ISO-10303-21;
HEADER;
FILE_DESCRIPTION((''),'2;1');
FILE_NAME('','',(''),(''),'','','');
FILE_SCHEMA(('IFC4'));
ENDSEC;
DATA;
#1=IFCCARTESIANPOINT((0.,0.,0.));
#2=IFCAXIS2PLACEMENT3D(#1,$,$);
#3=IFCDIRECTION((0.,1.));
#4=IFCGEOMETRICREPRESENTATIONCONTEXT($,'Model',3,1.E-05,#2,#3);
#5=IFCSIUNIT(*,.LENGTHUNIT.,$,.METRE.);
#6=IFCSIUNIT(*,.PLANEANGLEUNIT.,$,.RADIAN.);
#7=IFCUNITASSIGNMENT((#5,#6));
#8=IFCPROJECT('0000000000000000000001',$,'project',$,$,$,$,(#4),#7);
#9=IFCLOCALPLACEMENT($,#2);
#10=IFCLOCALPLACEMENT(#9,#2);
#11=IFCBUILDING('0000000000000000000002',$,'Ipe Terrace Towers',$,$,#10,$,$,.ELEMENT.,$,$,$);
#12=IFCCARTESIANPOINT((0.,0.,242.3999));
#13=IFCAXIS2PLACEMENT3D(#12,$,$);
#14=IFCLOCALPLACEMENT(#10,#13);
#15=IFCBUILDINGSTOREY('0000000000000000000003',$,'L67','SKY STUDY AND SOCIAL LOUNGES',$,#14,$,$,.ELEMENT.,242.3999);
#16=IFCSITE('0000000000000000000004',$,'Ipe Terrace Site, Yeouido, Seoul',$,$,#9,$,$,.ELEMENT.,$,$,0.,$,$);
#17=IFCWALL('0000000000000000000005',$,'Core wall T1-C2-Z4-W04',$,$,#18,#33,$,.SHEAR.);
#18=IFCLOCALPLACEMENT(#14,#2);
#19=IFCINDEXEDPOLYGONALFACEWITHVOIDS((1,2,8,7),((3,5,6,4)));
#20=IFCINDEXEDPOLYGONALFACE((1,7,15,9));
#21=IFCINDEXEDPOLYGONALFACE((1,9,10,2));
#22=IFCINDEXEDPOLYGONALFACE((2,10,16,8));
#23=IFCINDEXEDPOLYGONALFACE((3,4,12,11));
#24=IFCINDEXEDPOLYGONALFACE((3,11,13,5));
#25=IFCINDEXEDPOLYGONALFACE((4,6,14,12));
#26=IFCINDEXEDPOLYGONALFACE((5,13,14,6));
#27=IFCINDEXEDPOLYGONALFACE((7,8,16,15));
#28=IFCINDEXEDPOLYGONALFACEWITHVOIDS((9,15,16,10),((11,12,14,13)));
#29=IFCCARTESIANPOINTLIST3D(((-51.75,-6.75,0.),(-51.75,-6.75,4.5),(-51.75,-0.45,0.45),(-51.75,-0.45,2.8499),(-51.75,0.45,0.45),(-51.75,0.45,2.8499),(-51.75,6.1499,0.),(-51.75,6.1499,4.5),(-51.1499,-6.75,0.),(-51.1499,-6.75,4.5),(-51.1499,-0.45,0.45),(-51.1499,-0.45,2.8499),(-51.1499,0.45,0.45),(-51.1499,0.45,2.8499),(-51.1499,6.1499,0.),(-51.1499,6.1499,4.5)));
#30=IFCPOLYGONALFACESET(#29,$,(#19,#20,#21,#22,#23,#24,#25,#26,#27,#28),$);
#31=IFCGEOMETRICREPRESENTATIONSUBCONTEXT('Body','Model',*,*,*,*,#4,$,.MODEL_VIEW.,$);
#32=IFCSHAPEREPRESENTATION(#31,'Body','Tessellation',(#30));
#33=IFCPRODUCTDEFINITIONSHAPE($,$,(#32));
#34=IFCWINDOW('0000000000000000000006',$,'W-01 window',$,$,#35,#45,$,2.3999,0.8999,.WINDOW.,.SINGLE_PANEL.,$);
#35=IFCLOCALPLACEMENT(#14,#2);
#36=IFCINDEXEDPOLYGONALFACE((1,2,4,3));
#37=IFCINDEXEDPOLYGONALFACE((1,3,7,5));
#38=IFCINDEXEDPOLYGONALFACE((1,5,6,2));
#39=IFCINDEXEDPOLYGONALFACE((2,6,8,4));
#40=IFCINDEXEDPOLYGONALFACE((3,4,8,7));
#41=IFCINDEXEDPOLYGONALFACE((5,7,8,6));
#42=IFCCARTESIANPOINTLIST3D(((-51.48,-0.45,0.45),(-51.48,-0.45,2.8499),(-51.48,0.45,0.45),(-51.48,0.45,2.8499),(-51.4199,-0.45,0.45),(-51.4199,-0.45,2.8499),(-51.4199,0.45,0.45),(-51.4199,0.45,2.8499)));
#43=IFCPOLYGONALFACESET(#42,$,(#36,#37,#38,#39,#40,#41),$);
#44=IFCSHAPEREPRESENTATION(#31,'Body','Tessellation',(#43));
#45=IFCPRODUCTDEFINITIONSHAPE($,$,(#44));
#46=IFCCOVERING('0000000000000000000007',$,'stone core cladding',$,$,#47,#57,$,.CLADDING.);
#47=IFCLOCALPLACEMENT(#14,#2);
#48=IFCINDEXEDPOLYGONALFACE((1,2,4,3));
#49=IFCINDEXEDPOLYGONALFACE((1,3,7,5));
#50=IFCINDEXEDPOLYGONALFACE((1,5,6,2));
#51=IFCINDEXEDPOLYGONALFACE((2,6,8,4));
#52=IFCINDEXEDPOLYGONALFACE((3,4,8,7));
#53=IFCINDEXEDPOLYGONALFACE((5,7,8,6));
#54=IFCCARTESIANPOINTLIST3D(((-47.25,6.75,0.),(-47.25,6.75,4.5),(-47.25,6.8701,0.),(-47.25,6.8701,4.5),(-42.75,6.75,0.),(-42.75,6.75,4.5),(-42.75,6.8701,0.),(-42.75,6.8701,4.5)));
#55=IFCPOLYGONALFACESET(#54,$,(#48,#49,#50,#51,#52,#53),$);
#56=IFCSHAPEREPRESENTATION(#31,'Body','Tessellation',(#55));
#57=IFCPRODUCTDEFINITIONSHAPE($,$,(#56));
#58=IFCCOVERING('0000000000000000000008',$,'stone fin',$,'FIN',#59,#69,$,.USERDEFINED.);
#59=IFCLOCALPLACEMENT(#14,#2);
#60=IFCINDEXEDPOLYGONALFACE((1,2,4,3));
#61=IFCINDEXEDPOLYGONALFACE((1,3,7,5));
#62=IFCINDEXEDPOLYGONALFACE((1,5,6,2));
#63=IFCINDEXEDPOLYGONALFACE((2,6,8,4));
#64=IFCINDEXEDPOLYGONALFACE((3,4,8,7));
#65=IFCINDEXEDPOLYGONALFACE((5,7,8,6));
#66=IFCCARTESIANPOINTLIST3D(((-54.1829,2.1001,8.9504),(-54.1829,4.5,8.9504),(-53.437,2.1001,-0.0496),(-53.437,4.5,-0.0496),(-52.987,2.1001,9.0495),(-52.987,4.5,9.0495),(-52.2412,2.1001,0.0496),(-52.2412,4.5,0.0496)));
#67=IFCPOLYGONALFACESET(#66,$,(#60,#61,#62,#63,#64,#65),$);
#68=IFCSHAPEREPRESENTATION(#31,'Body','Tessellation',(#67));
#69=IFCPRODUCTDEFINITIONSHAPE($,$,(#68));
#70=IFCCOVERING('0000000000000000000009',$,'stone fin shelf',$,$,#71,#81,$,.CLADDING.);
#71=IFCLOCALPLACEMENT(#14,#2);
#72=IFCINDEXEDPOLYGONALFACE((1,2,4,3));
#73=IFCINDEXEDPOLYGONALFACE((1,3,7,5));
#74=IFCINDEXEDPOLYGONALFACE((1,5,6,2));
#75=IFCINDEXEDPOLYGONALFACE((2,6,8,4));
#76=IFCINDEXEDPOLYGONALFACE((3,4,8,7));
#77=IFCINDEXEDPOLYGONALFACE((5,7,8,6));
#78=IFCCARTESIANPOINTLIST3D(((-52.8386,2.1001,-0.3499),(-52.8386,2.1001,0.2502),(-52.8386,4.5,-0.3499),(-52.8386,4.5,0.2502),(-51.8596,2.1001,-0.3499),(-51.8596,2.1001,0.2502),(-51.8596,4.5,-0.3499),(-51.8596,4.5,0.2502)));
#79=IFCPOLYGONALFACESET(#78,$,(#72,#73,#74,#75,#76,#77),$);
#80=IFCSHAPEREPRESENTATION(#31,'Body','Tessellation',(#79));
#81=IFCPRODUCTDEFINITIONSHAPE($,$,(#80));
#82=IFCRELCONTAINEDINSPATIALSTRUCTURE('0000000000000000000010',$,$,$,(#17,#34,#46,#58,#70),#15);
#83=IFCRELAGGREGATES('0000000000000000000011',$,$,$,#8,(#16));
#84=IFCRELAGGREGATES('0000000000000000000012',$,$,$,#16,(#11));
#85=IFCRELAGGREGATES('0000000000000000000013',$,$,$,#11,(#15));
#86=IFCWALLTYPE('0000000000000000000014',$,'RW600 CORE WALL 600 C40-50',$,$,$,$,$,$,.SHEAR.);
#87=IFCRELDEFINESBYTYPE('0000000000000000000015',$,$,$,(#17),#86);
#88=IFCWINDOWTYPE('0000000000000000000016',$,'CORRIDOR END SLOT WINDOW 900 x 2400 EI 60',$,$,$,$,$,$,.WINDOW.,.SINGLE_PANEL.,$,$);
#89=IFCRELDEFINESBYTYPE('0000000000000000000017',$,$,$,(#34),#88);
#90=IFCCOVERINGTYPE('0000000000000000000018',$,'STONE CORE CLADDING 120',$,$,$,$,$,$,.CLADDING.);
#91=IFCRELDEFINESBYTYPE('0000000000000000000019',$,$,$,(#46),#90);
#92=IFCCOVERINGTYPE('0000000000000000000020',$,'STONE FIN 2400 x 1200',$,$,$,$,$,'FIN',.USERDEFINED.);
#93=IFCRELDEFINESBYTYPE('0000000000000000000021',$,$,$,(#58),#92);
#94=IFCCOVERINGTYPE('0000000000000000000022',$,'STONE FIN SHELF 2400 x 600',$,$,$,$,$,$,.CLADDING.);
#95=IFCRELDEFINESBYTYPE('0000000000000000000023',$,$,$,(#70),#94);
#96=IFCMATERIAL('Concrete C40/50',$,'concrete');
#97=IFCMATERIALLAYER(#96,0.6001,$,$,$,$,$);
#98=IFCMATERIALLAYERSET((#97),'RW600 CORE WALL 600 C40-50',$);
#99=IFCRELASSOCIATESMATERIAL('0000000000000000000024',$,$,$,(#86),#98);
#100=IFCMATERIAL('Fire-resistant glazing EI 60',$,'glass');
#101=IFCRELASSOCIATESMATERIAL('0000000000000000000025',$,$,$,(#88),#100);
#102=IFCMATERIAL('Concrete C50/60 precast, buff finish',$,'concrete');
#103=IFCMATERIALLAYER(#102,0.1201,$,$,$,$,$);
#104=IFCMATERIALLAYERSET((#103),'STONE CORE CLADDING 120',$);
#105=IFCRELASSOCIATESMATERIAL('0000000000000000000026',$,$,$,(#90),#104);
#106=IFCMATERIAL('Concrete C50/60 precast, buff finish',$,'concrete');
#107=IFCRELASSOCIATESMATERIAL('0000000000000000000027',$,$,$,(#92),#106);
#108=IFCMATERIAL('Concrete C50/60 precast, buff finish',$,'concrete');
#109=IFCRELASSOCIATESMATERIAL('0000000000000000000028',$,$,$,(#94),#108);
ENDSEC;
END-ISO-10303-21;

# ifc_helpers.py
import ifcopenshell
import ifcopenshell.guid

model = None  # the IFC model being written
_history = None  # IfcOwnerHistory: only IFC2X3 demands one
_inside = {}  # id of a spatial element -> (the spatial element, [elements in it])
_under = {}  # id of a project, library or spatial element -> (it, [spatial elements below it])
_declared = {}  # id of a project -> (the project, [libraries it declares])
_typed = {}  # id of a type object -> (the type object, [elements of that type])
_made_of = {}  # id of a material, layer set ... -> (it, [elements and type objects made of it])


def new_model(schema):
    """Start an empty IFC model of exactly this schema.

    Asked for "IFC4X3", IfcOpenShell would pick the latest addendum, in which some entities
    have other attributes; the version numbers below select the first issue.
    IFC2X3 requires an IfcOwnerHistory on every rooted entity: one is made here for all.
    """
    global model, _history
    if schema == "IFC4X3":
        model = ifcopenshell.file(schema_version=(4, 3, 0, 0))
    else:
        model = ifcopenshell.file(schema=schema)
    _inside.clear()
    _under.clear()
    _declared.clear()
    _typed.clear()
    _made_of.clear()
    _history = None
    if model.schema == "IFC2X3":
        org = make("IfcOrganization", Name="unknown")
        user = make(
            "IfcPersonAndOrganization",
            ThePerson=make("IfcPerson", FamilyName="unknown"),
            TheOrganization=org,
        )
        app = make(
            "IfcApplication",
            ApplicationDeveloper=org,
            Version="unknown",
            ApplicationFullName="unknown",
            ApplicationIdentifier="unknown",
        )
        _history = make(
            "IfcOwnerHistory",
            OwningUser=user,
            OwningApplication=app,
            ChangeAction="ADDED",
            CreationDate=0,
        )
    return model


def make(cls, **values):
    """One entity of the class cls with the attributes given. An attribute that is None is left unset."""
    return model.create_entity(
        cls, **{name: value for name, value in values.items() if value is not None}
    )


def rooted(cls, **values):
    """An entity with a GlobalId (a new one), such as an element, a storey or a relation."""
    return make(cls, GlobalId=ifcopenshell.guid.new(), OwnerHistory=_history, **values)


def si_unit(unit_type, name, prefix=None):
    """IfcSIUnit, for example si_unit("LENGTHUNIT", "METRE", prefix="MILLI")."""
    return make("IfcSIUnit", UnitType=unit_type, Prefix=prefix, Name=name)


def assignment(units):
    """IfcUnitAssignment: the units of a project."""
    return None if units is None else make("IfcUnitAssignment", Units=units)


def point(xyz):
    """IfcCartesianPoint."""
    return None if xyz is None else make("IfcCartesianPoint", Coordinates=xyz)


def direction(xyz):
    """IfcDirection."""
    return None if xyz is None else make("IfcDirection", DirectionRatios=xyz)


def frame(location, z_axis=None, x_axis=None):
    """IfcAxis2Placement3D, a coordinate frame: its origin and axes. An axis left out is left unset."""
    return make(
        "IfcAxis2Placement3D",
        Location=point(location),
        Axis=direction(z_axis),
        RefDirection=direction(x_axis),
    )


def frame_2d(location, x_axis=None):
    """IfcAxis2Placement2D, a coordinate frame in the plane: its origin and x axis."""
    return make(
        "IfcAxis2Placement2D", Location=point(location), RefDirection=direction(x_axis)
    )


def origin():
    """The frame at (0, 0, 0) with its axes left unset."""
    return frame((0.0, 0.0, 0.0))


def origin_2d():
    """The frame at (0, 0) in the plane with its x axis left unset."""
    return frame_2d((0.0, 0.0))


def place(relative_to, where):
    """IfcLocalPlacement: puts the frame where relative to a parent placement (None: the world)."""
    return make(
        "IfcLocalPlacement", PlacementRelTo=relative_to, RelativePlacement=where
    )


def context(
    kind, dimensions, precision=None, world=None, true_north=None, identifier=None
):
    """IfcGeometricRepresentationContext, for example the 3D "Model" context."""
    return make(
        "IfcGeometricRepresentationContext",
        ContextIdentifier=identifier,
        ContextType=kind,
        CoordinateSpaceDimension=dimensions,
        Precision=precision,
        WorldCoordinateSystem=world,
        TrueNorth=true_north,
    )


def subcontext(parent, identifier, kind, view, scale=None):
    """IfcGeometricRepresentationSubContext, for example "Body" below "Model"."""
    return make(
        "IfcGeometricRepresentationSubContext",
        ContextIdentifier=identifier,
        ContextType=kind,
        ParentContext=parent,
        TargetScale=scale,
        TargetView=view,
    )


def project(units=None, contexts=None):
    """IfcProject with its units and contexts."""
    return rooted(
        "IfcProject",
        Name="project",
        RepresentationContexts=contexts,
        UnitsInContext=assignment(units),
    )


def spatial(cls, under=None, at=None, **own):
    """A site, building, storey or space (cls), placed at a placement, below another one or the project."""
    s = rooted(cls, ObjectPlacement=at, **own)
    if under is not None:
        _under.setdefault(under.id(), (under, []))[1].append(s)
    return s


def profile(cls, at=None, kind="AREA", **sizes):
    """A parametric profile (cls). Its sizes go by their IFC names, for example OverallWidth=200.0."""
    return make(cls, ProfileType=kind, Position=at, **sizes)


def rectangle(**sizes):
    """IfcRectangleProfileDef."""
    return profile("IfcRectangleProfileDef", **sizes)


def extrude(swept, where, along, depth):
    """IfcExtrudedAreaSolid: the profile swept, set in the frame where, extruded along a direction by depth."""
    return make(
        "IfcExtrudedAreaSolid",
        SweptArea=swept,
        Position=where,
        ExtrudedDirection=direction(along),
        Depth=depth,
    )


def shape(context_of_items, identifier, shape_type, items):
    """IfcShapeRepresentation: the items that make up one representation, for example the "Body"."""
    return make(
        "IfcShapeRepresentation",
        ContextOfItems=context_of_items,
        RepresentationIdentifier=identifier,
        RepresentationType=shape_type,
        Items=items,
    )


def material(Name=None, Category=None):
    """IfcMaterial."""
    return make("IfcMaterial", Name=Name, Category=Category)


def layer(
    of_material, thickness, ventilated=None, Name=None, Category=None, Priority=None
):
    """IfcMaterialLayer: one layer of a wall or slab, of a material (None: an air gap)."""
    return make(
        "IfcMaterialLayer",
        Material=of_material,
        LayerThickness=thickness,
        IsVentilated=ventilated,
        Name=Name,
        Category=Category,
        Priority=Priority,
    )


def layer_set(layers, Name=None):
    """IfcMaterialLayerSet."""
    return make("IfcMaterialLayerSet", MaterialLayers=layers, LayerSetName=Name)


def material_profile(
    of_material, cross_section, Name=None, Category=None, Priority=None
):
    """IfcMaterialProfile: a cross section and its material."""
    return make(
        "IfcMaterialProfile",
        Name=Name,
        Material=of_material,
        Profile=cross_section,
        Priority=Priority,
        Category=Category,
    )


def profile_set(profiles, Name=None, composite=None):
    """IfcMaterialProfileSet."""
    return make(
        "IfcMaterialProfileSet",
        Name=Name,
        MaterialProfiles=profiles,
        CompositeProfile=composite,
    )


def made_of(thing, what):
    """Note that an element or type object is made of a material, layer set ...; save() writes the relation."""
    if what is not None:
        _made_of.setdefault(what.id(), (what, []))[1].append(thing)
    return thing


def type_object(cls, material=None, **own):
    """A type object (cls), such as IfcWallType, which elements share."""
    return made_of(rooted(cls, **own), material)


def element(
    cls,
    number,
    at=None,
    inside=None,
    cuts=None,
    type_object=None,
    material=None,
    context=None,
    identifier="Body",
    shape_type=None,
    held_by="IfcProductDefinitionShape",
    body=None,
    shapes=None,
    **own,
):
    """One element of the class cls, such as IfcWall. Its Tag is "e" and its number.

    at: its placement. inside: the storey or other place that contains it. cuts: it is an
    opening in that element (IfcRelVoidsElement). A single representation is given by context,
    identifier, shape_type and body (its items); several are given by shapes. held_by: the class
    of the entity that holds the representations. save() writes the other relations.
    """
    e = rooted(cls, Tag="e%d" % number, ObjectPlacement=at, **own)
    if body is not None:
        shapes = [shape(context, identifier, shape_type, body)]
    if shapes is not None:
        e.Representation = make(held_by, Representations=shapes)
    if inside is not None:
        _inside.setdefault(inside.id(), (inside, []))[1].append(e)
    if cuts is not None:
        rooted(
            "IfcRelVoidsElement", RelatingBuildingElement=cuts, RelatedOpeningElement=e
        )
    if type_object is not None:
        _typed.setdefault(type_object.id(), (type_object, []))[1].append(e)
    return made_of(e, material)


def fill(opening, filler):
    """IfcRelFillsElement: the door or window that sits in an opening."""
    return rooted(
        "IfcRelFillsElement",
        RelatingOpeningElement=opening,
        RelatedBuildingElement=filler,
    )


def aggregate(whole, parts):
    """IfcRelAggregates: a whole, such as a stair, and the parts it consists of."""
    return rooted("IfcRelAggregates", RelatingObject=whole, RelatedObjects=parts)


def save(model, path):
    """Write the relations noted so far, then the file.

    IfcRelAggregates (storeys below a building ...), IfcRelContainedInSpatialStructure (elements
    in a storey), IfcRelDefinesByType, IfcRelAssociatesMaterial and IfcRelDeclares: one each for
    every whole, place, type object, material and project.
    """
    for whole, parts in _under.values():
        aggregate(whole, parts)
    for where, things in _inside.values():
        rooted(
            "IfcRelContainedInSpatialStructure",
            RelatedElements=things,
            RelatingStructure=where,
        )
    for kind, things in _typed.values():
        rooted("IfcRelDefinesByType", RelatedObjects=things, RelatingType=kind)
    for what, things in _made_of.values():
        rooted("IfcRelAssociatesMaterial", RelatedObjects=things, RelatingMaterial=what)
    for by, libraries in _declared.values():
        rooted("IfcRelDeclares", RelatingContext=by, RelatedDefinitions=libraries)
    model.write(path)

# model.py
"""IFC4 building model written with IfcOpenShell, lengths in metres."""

from ifc_helpers import new_model, si_unit, direction, frame, frame_2d, origin, origin_2d, place, context, subcontext, project, spatial, rectangle, extrude, material, layer, layer_set, material_profile, profile_set, type_object, element, fill, save


model = new_model("IFC4")

# Units and contexts
model_context = context("Model", 3, precision=1e-05, world=origin(), true_north=direction((0.0, 1.0)))
body_context = subcontext(model_context, "Body", "Model", "MODEL_VIEW")
ifc_project = project(units=[si_unit("LENGTHUNIT", "METRE"), si_unit("PLANEANGLEUNIT", "RADIAN")], contexts=[model_context])

# Site, building, storey
site_placement = place(None, origin())
site = spatial("IfcSite", under=ifc_project, at=site_placement, Name="Ipe Terrace Site, Yeouido, Seoul", CompositionType="ELEMENT", RefElevation=0.0)
building_placement = place(site_placement, origin())
building = spatial("IfcBuilding", under=site, at=building_placement, Name="Ipe Terrace Towers", CompositionType="ELEMENT")
storey_placement = place(building_placement, frame((0.0, 0.0, 242.3999)))
storey = spatial("IfcBuildingStorey", under=building, at=storey_placement, Name="L67", Description="SKY STUDY AND SOCIAL LOUNGES", CompositionType="ELEMENT", Elevation=242.3999)

# Shared definitions
ifc_material_1 = material(Name="Concrete C40/50", Category="concrete")
ifc_layer_1 = layer(ifc_material_1, 0.6001)
ifc_layer_set_1 = layer_set([ifc_layer_1], Name="RW600 CORE WALL 600 C40-50")
wall_type_1 = type_object("IfcWallType", Name="RW600 CORE WALL 600 C40-50", PredefinedType="SHEAR", material=ifc_layer_set_1)

# Wall, opening, window
wall_1_placement = place(storey_placement, frame((-51.45, 6.1499, 0.0), z_axis=(0.0, 0.0, 1.0), x_axis=(0.0, -1.0, 0.0)))
wall_1 = element("IfcWall", 1, at=wall_1_placement, inside=storey, type_object=wall_type_1, Name="Core wall T1-C2-Z4-W04", PredefinedType="SHEAR", context=body_context, shape_type="SweptSolid", body=[
    extrude(rectangle(XDim=12.8999, YDim=0.6001, at=frame_2d((6.45, 0.0))), origin(), (0.0, 0.0, 1.0), 4.5),
])
opening_1_placement = place(wall_1_placement, frame((5.7, 0.0, 0.45)))
opening_1 = element("IfcOpeningElement", 2, at=opening_1_placement, cuts=wall_1, PredefinedType="OPENING", context=body_context, shape_type="SweptSolid", body=[
    extrude(rectangle(XDim=0.8999, YDim=2.3999, at=frame_2d((0.45, 1.2))), frame((0.0, 0.3101, 0.0), z_axis=(0.0, -1.0, 0.0), x_axis=(1.0, 0.0, 0.0)), (0.0, 0.0, 1.0), 0.6201),
])
ifc_material_2 = material(Name="Fire-resistant glazing EI 60", Category="glass")
window_type = type_object("IfcWindowType", Name="CORRIDOR END SLOT WINDOW 900 x 2400 EI 60", PartitioningType="SINGLE_PANEL", PredefinedType="WINDOW", material=ifc_material_2)
window_placement = place(opening_1_placement, origin())
window = element("IfcWindow", 3, at=window_placement, inside=storey, type_object=window_type, Name="W-01 window", OverallHeight=2.3999, OverallWidth=0.8999, PartitioningType="SINGLE_PANEL", PredefinedType="WINDOW", context=body_context, shape_type="SweptSolid", body=[
    extrude(rectangle(XDim=0.8999, YDim=2.3999, at=frame_2d((0.45, 1.2))), frame((0.0, 0.03, 0.0), z_axis=(0.0, -1.0, 0.0), x_axis=(1.0, 0.0, 0.0)), (0.0, 0.0, 1.0), 0.0601),
])
fill(opening_1, window)

# Coverings
ifc_material_3 = material(Name="Concrete C50/60 precast, buff finish", Category="concrete")
ifc_layer_2 = layer(ifc_material_3, 0.1201)
ifc_layer_set_2 = layer_set([ifc_layer_2], Name="STONE CORE CLADDING 120")
covering_type_1 = type_object("IfcCoveringType", Name="STONE CORE CLADDING 120", PredefinedType="CLADDING", material=ifc_layer_set_2)
covering_1_placement = place(storey_placement, frame((-45.0, 6.8101, 0.0), z_axis=(0.0, 0.0, 1.0), x_axis=(-1.0, 0.0, 0.0)))
element("IfcCovering", 4, at=covering_1_placement, inside=storey, type_object=covering_type_1, Name="stone core cladding", PredefinedType="CLADDING", context=body_context, shape_type="SweptSolid", body=[
    extrude(rectangle(XDim=4.5, YDim=0.1201, at=origin_2d()), origin(), (0.0, 0.0, 1.0), 4.5),
])
ifc_material_4 = material(Name="Concrete C50/60 precast, buff finish", Category="concrete")
ifc_material_profile = material_profile(ifc_material_4, rectangle(XDim=2.3999, YDim=1.2, at=origin_2d()), Name="STONE FIN 2400 x 1200")
ifc_profile_set = profile_set([ifc_material_profile], Name="Concrete C50/60 precast, buff finish")
covering_type_2 = type_object("IfcCoveringType", Name="STONE FIN 2400 x 1200", ElementType="FIN", PredefinedType="USERDEFINED", material=ifc_profile_set)
covering_2_placement = place(storey_placement, frame((-52.8391, 3.3, 0.0), z_axis=(-0.082589, 0.0, 0.996584), x_axis=(0.0, -1.0, 0.0)))
element("IfcCovering", 5, at=covering_2_placement, inside=storey, type_object=covering_type_2, Name="stone fin", ObjectType="FIN", PredefinedType="USERDEFINED", context=body_context, shape_type="SweptSolid", body=[
    extrude(rectangle(XDim=2.3999, YDim=1.2, at=origin_2d()), origin(), (0.0, 0.0, 1.0), 9.0308),
])
ifc_material_5 = material(Name="Concrete C50/60 precast, buff finish", Category="concrete")
covering_type_3 = type_object("IfcCoveringType", Name="STONE FIN SHELF 2400 x 600", PredefinedType="CLADDING", material=ifc_material_5)
covering_3_placement = place(storey_placement, frame((-52.3491, 3.3, -0.3499), z_axis=(0.0, 0.0, 1.0), x_axis=(0.0, -1.0, 0.0)))
element("IfcCovering", 6, at=covering_3_placement, inside=storey, type_object=covering_type_3, Name="stone fin shelf", PredefinedType="CLADDING", context=body_context, shape_type="SweptSolid", body=[
    extrude(rectangle(XDim=2.3999, YDim=0.979, at=origin_2d()), origin(), (0.0, 0.0, 1.0), 0.6001),
])

save(model, "model.ifc")
